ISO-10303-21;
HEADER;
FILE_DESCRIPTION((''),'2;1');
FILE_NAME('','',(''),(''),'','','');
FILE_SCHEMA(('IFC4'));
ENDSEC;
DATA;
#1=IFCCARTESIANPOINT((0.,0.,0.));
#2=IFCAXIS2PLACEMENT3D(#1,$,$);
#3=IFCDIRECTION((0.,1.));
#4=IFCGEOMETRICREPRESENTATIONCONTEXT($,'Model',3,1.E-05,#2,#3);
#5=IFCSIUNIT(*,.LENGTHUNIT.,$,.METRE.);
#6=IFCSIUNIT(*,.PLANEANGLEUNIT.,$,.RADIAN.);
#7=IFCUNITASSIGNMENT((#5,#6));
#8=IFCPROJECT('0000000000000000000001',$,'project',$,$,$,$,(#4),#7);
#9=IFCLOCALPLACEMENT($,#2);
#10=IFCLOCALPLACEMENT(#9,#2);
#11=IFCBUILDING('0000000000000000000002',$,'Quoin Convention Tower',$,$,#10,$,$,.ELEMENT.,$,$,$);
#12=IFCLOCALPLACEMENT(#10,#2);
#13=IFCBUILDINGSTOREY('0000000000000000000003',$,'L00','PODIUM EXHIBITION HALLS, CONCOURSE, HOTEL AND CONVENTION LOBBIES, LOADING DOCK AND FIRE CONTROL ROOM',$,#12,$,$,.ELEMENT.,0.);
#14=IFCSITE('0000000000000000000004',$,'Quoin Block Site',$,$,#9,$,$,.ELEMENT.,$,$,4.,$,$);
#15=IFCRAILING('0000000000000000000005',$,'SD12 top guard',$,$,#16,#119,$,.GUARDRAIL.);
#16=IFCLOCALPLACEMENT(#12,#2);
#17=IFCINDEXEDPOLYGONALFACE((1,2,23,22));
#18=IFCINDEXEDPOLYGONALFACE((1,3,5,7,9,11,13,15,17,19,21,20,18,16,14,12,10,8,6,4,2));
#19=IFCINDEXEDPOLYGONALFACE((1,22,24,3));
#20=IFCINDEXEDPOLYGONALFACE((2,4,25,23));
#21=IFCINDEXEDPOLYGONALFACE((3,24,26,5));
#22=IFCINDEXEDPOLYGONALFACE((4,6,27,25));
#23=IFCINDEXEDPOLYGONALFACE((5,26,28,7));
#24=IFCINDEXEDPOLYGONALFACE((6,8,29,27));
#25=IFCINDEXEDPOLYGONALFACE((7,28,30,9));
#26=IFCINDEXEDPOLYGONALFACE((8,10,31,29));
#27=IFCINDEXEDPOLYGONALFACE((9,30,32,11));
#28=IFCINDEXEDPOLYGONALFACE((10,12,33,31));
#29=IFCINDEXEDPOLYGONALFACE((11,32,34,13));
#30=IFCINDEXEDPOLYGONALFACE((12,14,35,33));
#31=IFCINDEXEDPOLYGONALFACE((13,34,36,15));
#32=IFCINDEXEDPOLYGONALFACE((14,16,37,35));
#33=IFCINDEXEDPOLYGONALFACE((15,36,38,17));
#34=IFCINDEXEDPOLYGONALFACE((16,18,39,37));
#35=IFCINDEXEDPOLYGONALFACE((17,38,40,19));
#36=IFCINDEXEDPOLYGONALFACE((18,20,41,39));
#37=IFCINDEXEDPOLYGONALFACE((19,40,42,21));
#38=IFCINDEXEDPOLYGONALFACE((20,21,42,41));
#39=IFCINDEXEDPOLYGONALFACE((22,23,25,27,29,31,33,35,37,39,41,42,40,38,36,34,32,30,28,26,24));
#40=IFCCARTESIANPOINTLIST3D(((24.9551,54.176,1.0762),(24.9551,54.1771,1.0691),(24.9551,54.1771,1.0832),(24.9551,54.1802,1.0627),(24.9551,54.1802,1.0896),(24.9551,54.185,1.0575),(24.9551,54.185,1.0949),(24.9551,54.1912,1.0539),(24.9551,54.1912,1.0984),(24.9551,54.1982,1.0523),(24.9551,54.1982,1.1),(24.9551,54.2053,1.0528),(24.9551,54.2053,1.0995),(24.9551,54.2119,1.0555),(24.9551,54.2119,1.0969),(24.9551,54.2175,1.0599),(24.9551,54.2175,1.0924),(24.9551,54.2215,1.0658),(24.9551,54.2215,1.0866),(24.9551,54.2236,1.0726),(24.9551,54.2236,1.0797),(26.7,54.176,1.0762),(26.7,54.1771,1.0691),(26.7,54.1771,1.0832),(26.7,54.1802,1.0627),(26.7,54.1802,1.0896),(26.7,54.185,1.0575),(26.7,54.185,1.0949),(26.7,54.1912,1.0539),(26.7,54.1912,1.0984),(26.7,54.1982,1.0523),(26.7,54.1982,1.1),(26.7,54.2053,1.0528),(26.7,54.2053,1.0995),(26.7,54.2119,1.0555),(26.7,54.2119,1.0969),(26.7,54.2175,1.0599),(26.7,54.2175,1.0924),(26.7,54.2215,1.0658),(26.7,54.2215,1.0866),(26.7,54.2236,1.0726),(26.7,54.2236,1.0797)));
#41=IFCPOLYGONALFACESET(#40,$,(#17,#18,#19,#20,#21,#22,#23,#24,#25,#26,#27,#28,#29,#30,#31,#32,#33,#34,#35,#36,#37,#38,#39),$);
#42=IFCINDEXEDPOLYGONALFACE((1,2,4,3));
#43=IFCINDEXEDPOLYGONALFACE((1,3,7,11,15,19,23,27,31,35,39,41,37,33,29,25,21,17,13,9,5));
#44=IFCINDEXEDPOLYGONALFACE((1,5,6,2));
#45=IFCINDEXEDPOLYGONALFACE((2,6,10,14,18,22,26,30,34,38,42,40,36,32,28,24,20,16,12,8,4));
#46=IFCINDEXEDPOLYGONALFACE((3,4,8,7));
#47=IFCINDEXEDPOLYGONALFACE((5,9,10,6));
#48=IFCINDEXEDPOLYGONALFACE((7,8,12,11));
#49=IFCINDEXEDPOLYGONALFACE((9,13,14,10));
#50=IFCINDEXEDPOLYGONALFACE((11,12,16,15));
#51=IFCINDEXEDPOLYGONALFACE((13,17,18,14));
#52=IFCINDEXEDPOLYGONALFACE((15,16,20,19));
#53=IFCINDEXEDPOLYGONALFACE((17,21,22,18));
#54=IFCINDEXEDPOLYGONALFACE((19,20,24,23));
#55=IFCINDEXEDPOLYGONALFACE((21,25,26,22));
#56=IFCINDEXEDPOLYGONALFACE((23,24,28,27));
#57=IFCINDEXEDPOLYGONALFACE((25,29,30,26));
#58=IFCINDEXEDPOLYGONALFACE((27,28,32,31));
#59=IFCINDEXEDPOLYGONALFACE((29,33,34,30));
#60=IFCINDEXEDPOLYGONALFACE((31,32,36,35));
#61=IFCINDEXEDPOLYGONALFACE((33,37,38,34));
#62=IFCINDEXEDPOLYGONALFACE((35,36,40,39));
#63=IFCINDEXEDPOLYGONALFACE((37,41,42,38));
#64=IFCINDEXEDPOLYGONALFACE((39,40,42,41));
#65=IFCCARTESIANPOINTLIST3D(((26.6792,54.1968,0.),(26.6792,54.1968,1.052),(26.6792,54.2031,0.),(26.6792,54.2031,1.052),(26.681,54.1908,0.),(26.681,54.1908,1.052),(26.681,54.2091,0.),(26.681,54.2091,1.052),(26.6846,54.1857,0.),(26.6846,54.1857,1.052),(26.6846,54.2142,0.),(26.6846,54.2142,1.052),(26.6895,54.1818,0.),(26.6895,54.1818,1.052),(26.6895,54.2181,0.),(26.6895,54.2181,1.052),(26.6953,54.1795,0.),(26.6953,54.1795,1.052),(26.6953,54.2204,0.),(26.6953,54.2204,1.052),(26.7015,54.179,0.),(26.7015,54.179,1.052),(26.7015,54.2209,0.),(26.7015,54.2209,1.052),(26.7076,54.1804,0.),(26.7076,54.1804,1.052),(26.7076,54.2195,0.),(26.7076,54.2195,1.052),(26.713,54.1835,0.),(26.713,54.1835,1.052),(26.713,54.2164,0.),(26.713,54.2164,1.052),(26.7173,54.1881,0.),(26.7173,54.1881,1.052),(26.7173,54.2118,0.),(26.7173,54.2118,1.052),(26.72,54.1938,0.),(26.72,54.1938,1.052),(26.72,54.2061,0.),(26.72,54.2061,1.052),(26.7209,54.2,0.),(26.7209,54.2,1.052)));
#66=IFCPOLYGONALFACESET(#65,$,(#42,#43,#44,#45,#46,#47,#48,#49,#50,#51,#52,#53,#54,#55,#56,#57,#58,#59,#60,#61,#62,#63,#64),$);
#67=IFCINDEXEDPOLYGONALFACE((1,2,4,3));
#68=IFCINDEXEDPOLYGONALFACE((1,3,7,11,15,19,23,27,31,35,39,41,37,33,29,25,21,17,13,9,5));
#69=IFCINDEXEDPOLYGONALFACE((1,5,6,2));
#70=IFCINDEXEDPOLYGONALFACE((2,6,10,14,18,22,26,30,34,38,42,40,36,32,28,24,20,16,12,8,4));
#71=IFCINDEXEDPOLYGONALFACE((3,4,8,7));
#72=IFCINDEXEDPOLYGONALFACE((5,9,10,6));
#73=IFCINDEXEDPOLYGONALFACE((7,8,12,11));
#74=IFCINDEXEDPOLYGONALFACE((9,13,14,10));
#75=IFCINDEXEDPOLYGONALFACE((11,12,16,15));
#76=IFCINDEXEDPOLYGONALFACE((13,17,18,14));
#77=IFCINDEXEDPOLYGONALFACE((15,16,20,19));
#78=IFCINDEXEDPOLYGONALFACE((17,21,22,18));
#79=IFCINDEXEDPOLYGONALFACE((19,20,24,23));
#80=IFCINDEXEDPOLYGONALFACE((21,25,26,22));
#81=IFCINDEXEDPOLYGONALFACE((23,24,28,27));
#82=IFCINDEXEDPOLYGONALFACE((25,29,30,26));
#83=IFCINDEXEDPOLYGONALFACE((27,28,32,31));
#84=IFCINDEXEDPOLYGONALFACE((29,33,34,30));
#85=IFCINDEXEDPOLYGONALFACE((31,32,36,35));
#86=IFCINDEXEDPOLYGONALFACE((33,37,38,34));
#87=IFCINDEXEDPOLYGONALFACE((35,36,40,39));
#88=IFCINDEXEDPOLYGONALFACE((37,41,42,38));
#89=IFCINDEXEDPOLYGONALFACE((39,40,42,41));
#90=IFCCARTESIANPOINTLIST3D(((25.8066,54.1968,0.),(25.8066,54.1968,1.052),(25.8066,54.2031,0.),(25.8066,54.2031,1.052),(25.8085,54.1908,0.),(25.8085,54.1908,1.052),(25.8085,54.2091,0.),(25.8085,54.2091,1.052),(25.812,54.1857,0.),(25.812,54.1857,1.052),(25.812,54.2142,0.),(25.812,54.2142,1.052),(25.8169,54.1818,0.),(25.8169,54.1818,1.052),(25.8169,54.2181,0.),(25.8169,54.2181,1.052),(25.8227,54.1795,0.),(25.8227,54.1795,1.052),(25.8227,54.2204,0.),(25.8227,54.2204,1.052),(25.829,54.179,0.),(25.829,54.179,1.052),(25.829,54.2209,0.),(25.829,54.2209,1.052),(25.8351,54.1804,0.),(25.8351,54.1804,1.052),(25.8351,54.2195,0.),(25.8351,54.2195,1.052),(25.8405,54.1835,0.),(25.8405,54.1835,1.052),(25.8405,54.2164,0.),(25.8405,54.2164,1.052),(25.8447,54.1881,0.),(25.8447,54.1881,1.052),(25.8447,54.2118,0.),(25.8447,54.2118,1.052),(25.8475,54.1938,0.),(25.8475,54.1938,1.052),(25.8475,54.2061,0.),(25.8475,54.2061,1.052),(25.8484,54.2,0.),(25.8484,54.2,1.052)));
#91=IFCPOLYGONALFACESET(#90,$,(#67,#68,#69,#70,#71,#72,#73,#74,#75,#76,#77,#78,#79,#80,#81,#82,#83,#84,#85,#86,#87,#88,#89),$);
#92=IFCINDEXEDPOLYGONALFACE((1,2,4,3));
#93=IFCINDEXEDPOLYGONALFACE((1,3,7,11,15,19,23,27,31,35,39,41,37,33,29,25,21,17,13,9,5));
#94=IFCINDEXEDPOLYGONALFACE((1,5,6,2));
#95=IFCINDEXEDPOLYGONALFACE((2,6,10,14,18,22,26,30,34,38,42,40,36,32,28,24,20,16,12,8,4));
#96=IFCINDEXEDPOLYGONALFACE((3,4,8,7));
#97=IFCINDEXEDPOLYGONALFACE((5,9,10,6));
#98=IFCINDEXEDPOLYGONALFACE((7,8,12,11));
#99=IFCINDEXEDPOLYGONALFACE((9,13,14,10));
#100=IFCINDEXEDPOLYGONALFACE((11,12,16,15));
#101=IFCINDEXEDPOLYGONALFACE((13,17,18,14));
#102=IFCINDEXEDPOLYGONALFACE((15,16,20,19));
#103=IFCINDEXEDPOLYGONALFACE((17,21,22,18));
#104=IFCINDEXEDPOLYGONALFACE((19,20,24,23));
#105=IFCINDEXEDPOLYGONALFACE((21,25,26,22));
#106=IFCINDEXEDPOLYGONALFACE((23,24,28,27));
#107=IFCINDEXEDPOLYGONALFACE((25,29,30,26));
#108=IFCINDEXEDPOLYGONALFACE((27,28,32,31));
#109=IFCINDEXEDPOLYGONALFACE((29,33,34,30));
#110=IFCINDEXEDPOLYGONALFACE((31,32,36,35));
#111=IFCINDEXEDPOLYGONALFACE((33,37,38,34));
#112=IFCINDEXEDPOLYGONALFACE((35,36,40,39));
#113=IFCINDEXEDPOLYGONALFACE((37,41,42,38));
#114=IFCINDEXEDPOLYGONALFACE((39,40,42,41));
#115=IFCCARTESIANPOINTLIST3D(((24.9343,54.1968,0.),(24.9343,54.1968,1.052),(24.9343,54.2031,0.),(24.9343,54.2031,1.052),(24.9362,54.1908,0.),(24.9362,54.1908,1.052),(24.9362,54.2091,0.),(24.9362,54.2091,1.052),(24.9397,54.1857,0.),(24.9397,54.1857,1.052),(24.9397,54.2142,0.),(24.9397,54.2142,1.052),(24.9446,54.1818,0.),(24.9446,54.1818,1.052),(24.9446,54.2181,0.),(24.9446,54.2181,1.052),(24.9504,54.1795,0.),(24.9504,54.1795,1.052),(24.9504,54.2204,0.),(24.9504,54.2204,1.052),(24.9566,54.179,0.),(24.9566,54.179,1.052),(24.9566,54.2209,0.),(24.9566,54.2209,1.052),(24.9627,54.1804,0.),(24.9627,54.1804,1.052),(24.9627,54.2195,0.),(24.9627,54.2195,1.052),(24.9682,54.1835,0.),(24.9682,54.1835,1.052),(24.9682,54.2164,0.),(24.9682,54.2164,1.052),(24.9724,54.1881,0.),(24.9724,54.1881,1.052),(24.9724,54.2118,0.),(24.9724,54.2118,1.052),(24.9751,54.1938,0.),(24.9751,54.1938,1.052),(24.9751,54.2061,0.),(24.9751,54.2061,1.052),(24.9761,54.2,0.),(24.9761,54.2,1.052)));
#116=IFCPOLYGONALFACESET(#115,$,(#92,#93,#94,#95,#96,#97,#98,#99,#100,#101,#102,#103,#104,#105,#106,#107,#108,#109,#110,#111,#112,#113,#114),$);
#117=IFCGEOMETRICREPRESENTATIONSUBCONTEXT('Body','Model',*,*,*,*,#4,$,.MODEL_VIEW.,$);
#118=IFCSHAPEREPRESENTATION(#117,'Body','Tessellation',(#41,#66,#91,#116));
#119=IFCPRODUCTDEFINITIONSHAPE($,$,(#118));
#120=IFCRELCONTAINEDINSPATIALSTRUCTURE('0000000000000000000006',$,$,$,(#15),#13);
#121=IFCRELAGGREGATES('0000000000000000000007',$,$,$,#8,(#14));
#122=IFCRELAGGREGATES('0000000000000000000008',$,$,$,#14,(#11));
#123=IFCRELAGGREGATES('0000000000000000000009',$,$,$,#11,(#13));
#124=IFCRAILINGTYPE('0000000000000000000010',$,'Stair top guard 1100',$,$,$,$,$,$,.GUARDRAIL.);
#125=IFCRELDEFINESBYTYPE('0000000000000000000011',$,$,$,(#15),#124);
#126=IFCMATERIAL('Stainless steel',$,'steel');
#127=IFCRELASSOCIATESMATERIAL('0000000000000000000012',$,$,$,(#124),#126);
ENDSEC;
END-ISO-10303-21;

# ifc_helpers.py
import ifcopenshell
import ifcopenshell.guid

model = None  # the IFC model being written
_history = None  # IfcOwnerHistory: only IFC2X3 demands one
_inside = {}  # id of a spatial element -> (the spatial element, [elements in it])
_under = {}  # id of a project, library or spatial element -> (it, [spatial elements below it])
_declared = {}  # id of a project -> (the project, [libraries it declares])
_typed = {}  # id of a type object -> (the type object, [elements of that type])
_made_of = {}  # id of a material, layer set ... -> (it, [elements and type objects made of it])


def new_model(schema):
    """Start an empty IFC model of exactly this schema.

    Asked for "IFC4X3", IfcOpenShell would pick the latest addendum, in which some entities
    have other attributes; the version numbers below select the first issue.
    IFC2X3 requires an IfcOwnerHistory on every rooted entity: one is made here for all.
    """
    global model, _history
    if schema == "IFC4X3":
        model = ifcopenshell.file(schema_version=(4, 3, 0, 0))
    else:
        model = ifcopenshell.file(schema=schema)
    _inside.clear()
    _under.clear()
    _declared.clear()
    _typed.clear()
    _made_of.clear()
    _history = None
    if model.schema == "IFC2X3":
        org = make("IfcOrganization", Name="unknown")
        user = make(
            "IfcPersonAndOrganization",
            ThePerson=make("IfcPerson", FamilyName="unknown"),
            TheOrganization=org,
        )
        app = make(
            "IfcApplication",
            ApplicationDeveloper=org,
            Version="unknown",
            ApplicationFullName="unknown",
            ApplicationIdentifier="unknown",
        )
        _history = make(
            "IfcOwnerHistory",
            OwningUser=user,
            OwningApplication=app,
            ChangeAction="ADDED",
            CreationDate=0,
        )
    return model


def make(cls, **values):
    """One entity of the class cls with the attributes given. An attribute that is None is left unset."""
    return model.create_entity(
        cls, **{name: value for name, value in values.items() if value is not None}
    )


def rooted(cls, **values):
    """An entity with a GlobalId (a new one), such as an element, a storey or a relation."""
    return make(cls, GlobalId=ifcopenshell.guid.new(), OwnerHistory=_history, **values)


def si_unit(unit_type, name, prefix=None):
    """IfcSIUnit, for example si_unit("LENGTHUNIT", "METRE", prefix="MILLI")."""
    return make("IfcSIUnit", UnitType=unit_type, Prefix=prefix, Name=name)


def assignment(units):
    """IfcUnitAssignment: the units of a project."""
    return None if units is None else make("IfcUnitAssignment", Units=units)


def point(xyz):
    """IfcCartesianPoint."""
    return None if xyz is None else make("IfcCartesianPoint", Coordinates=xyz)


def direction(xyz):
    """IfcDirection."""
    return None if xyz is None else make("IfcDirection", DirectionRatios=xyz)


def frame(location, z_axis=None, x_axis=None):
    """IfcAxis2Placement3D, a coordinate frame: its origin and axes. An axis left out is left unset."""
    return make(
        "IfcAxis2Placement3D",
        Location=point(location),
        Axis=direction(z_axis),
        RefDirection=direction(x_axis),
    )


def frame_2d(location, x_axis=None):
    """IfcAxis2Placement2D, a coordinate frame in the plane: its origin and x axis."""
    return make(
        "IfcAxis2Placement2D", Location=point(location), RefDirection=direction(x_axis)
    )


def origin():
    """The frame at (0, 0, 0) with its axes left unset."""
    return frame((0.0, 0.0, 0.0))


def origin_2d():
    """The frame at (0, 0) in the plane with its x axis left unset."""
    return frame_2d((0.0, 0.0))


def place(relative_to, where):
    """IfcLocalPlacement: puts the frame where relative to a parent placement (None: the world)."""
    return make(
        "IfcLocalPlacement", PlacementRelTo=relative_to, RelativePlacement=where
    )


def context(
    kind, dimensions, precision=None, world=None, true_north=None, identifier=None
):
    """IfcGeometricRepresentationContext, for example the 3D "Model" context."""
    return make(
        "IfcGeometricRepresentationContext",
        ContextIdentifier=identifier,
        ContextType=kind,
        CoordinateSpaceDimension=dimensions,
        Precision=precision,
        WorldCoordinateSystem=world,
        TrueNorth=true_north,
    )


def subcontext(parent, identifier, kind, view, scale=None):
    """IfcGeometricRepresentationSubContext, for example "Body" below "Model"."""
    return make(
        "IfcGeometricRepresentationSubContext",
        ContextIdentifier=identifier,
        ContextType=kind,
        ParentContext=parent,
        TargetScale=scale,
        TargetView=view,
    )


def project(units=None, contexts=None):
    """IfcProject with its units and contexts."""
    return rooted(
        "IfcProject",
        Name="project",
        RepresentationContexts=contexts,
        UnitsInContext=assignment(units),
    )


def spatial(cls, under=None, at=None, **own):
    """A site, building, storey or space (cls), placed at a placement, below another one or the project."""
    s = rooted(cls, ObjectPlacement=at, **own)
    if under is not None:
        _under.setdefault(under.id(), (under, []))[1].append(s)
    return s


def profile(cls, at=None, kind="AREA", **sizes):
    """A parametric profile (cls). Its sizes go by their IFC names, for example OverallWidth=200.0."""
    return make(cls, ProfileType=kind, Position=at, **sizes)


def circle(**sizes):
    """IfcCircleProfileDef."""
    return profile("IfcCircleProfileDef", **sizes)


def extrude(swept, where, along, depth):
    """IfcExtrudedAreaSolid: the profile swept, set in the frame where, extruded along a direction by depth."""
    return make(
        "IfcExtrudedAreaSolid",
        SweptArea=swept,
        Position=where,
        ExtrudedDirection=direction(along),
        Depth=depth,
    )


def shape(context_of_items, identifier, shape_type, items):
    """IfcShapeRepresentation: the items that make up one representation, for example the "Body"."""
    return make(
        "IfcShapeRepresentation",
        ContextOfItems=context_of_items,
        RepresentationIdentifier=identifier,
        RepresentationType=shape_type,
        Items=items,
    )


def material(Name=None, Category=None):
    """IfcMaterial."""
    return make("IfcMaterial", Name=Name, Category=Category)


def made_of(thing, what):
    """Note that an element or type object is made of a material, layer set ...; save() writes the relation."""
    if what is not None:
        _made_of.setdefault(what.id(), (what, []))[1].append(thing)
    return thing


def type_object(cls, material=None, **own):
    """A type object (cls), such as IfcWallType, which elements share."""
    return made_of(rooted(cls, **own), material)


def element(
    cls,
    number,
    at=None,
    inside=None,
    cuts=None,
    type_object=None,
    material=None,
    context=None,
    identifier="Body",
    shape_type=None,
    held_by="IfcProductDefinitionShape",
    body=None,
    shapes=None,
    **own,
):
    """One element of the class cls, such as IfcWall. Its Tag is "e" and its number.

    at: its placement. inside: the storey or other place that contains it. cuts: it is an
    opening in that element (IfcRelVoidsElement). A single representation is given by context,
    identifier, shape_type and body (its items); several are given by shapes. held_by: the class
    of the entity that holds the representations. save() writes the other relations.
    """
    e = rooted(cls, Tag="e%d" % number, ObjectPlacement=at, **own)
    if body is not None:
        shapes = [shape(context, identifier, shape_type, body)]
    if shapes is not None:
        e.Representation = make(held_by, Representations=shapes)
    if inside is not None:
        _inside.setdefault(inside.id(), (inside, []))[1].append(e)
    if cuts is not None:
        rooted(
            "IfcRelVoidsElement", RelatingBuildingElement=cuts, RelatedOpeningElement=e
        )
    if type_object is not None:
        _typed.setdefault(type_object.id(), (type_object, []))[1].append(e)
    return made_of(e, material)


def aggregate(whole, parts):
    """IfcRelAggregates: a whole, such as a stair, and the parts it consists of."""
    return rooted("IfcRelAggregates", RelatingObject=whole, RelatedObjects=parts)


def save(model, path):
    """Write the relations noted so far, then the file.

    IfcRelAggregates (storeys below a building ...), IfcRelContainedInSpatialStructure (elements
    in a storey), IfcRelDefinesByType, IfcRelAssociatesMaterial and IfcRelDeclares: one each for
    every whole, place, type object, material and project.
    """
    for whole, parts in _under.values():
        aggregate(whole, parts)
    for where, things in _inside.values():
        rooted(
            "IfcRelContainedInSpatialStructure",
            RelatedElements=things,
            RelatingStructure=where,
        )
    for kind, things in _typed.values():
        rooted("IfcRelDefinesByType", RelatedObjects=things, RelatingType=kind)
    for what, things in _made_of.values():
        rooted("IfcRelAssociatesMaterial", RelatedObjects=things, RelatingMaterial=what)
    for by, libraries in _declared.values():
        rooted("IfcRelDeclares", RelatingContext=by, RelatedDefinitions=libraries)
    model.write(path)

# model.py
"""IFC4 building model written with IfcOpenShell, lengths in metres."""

from ifc_helpers import new_model, si_unit, direction, frame, origin, origin_2d, place, context, subcontext, project, spatial, circle, extrude, material, type_object, element, save


model = new_model("IFC4")

# Units and contexts
model_context = context("Model", 3, precision=1e-05, world=origin(), true_north=direction((0.0, 1.0)))
body_context = subcontext(model_context, "Body", "Model", "MODEL_VIEW")
ifc_project = project(units=[si_unit("LENGTHUNIT", "METRE"), si_unit("PLANEANGLEUNIT", "RADIAN")], contexts=[model_context])

# Site, building, storey
site_placement = place(None, origin())
site = spatial("IfcSite", under=ifc_project, at=site_placement, Name="Quoin Block Site", CompositionType="ELEMENT", RefElevation=4.0)
building_placement = place(site_placement, origin())
building = spatial("IfcBuilding", under=site, at=building_placement, Name="Quoin Convention Tower", CompositionType="ELEMENT")
storey_placement = place(building_placement, origin())
storey = spatial("IfcBuildingStorey", under=building, at=storey_placement, Name="L00", Description="PODIUM EXHIBITION HALLS, CONCOURSE, HOTEL AND CONVENTION LOBBIES, LOADING DOCK AND FIRE CONTROL ROOM", CompositionType="ELEMENT", Elevation=0.0)

# Railing
ifc_material_1 = material(Name="Stainless steel", Category="steel")
railing_type_1 = type_object("IfcRailingType", Name="Stair top guard 1100", PredefinedType="GUARDRAIL", material=ifc_material_1)
railing_1_placement = place(storey_placement, frame((26.7, 54.2, 0.0)))
element("IfcRailing", 1, at=railing_1_placement, inside=storey, type_object=railing_type_1, Name="SD12 top guard", PredefinedType="GUARDRAIL", context=body_context, shape_type="SweptSolid", body=[
    extrude(circle(Radius=0.0239, at=origin_2d()), frame((0.0, 0.0, 1.0762), z_axis=(-1.0, 0.0, 0.0), x_axis=(0.0, -1.0, 0.0)), (0.0, 0.0, 1.0), 1.7449),
    extrude(circle(Radius=0.021, at=origin_2d()), origin(), (0.0, 0.0, 1.0), 1.052),
    extrude(circle(Radius=0.021, at=origin_2d()), frame((-0.8726, 0.0, 0.0)), (0.0, 0.0, 1.0), 1.052),
    extrude(circle(Radius=0.021, at=origin_2d()), frame((-1.7449, 0.0, 0.0)), (0.0, 0.0, 1.0), 1.052),
])

save(model, "model.ifc")
